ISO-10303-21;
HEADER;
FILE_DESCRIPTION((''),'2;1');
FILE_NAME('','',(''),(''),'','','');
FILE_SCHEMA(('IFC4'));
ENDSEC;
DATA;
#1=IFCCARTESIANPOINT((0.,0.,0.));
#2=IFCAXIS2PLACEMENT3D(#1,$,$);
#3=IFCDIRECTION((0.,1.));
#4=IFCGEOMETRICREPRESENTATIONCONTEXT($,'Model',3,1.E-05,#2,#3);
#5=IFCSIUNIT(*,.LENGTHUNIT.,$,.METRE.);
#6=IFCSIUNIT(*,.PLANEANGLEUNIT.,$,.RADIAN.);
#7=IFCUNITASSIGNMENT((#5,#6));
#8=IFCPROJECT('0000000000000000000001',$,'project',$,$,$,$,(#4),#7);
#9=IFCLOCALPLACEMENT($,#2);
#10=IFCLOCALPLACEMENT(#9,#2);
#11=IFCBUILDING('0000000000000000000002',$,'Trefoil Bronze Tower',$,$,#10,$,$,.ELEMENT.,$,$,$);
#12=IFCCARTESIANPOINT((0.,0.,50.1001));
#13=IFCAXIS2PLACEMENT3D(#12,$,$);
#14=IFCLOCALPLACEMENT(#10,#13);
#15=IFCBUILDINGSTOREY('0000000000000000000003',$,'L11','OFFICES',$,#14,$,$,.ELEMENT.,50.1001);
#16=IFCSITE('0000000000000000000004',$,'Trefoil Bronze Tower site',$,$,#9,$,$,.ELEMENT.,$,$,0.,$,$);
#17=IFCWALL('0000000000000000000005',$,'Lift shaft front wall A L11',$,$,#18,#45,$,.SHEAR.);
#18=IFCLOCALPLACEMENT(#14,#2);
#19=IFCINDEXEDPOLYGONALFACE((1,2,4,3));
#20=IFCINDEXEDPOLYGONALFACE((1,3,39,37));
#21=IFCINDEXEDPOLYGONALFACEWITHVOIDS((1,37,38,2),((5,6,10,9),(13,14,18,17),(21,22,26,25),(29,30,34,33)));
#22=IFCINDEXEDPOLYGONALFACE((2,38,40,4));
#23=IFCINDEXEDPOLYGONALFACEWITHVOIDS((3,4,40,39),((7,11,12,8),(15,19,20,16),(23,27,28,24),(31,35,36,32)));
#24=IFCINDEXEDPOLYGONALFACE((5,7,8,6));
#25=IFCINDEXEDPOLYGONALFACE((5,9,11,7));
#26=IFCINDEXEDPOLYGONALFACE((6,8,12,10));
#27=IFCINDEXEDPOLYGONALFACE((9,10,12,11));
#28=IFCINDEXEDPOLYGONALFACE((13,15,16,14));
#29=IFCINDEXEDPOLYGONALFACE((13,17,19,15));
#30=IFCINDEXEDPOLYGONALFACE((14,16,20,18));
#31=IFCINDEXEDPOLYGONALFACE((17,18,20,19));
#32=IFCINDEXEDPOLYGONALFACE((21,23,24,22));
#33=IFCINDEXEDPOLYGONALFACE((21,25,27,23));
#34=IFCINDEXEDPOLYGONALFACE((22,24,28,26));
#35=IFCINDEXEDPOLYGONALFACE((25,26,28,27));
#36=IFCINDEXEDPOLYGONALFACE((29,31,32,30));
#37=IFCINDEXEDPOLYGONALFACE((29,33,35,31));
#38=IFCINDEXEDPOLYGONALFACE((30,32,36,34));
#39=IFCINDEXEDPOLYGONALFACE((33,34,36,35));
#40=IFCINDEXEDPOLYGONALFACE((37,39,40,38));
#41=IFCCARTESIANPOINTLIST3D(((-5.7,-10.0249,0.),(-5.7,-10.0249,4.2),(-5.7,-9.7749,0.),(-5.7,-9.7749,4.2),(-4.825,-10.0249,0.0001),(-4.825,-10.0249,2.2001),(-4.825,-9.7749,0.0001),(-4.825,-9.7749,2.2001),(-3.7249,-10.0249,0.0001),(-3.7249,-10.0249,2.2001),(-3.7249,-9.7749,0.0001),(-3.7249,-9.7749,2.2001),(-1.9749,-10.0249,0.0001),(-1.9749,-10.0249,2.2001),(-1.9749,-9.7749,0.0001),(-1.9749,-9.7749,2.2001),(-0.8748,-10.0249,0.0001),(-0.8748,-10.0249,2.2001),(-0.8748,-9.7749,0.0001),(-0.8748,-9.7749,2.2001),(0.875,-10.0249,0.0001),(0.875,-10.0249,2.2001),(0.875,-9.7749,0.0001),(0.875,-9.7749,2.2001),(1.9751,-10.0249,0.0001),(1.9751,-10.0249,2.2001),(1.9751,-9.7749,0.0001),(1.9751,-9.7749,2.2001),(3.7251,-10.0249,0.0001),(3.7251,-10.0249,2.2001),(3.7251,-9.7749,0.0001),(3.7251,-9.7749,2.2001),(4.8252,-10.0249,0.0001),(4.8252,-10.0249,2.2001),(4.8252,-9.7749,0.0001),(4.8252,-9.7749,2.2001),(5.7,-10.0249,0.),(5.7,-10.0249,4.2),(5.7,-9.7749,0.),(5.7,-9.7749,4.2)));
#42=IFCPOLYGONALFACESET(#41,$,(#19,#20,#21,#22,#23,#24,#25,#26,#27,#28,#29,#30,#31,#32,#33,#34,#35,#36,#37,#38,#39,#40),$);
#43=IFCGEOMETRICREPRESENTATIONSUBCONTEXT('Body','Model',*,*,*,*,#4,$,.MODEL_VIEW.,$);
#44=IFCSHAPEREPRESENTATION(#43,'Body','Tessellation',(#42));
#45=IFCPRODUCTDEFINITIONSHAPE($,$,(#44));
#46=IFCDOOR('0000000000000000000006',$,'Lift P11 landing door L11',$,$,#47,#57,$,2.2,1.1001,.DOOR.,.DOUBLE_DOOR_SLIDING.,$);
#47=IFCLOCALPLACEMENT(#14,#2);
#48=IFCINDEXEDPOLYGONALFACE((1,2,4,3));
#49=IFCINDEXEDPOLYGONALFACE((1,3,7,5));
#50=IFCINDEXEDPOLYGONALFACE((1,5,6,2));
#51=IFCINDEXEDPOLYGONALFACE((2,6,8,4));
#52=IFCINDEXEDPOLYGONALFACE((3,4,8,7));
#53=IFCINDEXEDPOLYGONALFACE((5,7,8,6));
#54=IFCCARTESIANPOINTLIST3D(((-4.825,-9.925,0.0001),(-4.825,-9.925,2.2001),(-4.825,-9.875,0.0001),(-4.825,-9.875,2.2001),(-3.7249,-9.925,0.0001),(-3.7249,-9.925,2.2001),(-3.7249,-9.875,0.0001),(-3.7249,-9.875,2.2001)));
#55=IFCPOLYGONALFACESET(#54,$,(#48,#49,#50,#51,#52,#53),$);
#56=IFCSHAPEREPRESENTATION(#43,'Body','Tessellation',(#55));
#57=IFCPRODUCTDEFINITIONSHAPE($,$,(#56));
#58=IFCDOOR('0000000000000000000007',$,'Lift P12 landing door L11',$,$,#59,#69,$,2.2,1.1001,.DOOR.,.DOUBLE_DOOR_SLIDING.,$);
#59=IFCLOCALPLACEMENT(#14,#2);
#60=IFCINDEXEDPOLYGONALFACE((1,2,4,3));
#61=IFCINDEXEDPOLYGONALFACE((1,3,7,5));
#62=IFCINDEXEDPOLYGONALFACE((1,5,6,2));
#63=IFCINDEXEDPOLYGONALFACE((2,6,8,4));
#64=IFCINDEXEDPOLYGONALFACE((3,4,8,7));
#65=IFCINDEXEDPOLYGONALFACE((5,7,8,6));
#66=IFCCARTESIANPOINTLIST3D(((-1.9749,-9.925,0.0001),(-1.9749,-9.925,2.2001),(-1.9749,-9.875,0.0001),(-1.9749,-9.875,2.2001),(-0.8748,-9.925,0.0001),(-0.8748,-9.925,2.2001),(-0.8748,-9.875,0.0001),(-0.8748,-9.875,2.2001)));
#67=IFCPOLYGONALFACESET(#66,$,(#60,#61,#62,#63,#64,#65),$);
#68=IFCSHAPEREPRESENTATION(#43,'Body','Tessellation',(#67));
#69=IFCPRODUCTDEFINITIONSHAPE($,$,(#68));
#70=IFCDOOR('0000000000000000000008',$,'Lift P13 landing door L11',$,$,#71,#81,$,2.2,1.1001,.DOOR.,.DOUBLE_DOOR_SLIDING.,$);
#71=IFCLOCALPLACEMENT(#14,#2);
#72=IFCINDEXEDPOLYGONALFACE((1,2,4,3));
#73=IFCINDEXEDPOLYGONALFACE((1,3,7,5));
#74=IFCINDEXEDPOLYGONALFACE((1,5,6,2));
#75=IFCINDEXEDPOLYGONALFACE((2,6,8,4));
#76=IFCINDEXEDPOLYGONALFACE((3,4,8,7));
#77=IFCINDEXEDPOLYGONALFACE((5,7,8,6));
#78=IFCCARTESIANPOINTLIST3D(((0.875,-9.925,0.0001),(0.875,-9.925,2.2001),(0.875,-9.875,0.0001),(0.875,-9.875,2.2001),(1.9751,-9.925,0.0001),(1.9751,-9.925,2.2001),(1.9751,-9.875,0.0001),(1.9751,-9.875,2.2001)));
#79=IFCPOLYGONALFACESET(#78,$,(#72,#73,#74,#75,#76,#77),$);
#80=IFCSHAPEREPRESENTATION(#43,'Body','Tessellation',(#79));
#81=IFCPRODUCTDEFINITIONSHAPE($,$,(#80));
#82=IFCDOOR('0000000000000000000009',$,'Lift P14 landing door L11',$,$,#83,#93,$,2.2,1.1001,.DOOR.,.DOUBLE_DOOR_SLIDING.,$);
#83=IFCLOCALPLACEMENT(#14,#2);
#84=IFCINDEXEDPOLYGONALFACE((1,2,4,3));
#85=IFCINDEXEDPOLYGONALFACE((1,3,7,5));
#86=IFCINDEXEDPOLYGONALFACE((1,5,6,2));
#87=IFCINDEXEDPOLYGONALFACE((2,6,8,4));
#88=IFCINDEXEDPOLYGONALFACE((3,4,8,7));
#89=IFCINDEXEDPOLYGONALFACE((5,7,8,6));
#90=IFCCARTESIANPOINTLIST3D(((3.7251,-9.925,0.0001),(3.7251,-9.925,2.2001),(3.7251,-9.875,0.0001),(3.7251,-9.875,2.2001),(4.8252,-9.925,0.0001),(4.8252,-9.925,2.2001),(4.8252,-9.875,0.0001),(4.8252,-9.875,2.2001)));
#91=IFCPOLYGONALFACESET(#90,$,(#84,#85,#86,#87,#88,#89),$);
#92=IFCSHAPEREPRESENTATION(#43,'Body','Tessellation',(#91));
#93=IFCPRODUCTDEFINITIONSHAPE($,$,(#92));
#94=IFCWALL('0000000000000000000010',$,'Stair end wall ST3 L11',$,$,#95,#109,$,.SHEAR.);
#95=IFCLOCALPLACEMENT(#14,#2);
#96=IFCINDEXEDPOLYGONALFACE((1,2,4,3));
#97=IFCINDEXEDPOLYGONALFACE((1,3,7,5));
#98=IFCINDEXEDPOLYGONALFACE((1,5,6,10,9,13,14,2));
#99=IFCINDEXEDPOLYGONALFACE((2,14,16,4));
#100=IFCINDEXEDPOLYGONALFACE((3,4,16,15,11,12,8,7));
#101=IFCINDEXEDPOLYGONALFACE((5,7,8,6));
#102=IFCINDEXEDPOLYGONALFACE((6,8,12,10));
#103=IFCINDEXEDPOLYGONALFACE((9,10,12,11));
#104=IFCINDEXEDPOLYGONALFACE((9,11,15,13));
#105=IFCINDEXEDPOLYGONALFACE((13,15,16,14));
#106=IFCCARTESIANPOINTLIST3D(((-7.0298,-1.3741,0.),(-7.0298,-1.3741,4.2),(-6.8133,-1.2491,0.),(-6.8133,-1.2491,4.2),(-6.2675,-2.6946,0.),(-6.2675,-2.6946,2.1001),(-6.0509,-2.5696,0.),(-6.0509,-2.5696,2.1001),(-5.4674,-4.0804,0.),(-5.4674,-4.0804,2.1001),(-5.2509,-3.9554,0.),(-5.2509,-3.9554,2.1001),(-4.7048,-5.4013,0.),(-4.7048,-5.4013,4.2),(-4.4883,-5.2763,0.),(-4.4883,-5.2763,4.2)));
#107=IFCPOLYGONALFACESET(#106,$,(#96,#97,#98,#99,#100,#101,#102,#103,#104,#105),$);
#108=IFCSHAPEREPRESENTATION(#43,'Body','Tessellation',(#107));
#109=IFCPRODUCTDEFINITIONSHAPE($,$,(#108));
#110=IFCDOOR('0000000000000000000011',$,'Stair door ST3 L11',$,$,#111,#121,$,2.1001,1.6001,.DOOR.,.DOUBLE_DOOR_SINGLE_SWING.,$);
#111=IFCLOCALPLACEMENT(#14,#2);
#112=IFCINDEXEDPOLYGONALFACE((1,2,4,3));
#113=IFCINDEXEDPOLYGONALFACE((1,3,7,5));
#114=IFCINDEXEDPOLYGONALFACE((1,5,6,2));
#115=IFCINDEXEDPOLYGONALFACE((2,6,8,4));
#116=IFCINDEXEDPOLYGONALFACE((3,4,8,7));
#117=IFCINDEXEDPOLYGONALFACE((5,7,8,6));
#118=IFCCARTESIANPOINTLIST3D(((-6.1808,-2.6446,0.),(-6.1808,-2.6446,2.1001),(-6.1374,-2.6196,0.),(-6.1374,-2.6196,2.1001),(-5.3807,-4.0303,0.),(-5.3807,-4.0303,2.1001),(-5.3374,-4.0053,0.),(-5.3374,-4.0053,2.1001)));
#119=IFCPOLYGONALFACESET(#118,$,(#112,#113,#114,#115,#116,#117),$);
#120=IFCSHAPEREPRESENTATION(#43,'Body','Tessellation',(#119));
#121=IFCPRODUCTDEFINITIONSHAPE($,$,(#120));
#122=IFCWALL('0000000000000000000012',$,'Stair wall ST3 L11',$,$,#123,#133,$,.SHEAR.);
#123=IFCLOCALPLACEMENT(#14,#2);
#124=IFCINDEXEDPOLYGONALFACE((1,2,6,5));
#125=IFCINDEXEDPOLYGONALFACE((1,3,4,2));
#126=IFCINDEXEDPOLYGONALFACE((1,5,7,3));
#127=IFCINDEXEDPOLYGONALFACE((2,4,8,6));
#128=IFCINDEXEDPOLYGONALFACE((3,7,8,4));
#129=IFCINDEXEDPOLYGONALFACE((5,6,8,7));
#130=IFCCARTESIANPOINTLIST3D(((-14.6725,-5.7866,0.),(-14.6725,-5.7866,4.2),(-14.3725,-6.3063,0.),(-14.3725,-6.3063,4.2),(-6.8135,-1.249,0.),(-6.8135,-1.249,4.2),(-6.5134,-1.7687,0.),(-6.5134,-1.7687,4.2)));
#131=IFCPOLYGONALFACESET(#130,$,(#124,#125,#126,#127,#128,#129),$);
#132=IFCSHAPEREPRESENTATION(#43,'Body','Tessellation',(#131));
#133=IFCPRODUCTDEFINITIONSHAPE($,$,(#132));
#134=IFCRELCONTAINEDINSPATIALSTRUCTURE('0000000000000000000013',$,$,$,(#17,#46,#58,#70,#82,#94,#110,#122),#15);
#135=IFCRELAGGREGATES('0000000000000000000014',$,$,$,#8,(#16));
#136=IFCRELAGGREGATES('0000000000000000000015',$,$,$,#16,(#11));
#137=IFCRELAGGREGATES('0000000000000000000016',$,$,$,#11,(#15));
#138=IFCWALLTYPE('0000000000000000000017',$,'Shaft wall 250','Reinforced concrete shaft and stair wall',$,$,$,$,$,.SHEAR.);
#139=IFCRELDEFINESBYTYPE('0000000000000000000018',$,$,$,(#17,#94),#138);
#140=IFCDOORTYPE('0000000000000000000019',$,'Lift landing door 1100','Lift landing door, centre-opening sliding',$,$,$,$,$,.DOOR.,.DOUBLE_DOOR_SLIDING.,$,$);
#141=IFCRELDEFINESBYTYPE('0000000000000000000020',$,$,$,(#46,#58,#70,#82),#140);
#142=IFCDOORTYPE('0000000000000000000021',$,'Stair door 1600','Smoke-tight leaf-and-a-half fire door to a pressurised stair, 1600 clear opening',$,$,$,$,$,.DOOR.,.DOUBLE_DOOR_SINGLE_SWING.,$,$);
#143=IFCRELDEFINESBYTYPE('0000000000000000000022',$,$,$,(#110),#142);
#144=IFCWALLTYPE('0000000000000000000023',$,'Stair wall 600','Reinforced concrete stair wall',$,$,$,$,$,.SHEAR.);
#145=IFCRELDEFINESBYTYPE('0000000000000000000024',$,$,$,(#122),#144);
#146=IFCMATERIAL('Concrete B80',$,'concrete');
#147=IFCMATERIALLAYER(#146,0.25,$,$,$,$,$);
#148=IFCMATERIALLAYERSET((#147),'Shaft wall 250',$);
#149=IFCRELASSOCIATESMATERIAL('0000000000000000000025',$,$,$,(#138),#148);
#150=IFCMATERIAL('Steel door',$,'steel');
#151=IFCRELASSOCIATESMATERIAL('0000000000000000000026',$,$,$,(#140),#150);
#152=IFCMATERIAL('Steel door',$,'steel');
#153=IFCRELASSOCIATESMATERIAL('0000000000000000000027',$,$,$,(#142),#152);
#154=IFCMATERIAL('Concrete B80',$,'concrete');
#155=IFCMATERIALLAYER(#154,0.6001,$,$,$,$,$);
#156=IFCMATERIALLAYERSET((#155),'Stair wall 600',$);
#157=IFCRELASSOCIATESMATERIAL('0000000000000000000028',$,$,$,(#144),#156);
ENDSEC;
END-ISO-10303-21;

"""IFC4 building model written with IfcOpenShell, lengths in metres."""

from ifc_helpers import new_model, si_unit, direction, frame, frame_2d, origin, place, context, subcontext, project, spatial, rectangle, extrude, material, layer, layer_set, type_object, element, fill, save


model = new_model("IFC4")

# Units and contexts
model_context = context("Model", 3, precision=1e-05, world=origin(), true_north=direction((0.0, 1.0)))
body_context = subcontext(model_context, "Body", "Model", "MODEL_VIEW")
ifc_project = project(units=[si_unit("LENGTHUNIT", "METRE"), si_unit("PLANEANGLEUNIT", "RADIAN")], contexts=[model_context])

# Site, building, storey
site_placement = place(None, origin())
site = spatial("IfcSite", under=ifc_project, at=site_placement, Name="Trefoil Bronze Tower site", CompositionType="ELEMENT", RefElevation=0.0)
building_placement = place(site_placement, origin())
building = spatial("IfcBuilding", under=site, at=building_placement, Name="Trefoil Bronze Tower", CompositionType="ELEMENT")
storey_placement = place(building_placement, frame((0.0, 0.0, 50.1001)))
storey = spatial("IfcBuildingStorey", under=building, at=storey_placement, Name="L11", Description="OFFICES", CompositionType="ELEMENT", Elevation=50.1001)

# Wall, openings, doors
ifc_material_1 = material(Name="Concrete B80", Category="concrete")
ifc_layer_1 = layer(ifc_material_1, 0.25)
ifc_layer_set_1 = layer_set([ifc_layer_1], Name="Shaft wall 250")
wall_type_1 = type_object("IfcWallType", Name="Shaft wall 250", Description="Reinforced concrete shaft and stair wall", PredefinedType="SHEAR", material=ifc_layer_set_1)
wall_1_placement = place(storey_placement, frame((-5.7, -9.8999, 0.0), z_axis=(0.0, 0.0, 1.0), x_axis=(1.0, 0.0, 0.0)))
wall_1 = element("IfcWall", 1, at=wall_1_placement, inside=storey, type_object=wall_type_1, Name="Lift shaft front wall A L11", PredefinedType="SHEAR", context=body_context, shape_type="SweptSolid", body=[
    extrude(rectangle(XDim=11.3999, YDim=0.25, at=frame_2d((5.7, 0.0))), origin(), (0.0, 0.0, 1.0), 4.2),
])
opening_1_placement = place(wall_1_placement, frame((0.875, 0.0, 0.0)))
opening_1 = element("IfcOpeningElement", 2, at=opening_1_placement, cuts=wall_1, PredefinedType="OPENING", context=body_context, shape_type="SweptSolid", body=[
    extrude(rectangle(XDim=1.1001, YDim=2.2, at=frame_2d((0.55, 1.1001))), frame((0.0, 0.135, 0.0), z_axis=(0.0, -1.0, 0.0), x_axis=(1.0, 0.0, 0.0)), (0.0, 0.0, 1.0), 0.27),
])
opening_2_placement = place(wall_1_placement, frame((3.7251, 0.0, 0.0)))
opening_2 = element("IfcOpeningElement", 3, at=opening_2_placement, cuts=wall_1, PredefinedType="OPENING", context=body_context, shape_type="SweptSolid", body=[
    extrude(rectangle(XDim=1.1001, YDim=2.2, at=frame_2d((0.55, 1.1001))), frame((0.0, 0.135, 0.0), z_axis=(0.0, -1.0, 0.0), x_axis=(1.0, 0.0, 0.0)), (0.0, 0.0, 1.0), 0.27),
])
opening_3_placement = place(wall_1_placement, frame((6.575, 0.0, 0.0)))
opening_3 = element("IfcOpeningElement", 4, at=opening_3_placement, cuts=wall_1, PredefinedType="OPENING", context=body_context, shape_type="SweptSolid", body=[
    extrude(rectangle(XDim=1.1001, YDim=2.2, at=frame_2d((0.55, 1.1001))), frame((0.0, 0.135, 0.0), z_axis=(0.0, -1.0, 0.0), x_axis=(1.0, 0.0, 0.0)), (0.0, 0.0, 1.0), 0.27),
])
opening_4_placement = place(wall_1_placement, frame((9.425, 0.0, 0.0)))
opening_4 = element("IfcOpeningElement", 5, at=opening_4_placement, cuts=wall_1, PredefinedType="OPENING", context=body_context, shape_type="SweptSolid", body=[
    extrude(rectangle(XDim=1.1001, YDim=2.2, at=frame_2d((0.55, 1.1001))), frame((0.0, 0.135, 0.0), z_axis=(0.0, -1.0, 0.0), x_axis=(1.0, 0.0, 0.0)), (0.0, 0.0, 1.0), 0.27),
])
ifc_material_2 = material(Name="Steel door", Category="steel")
door_type_1 = type_object("IfcDoorType", Name="Lift landing door 1100", Description="Lift landing door, centre-opening sliding", OperationType="DOUBLE_DOOR_SLIDING", PredefinedType="DOOR", material=ifc_material_2)
door_1_placement = place(opening_1_placement, origin())
door_1 = element("IfcDoor", 6, at=door_1_placement, inside=storey, type_object=door_type_1, Name="Lift P11 landing door L11", OperationType="DOUBLE_DOOR_SLIDING", OverallHeight=2.2, OverallWidth=1.1001, PredefinedType="DOOR", context=body_context, shape_type="SweptSolid", body=[
    extrude(rectangle(XDim=1.1001, YDim=2.2, at=frame_2d((0.55, 1.1001))), frame((0.0, 0.0249, 0.0), z_axis=(0.0, -1.0, 0.0), x_axis=(1.0, 0.0, 0.0)), (0.0, 0.0, 1.0), 0.05),
])
fill(opening_1, door_1)
door_2_placement = place(opening_2_placement, origin())
door_2 = element("IfcDoor", 7, at=door_2_placement, inside=storey, type_object=door_type_1, Name="Lift P12 landing door L11", OperationType="DOUBLE_DOOR_SLIDING", OverallHeight=2.2, OverallWidth=1.1001, PredefinedType="DOOR", context=body_context, shape_type="SweptSolid", body=[
    extrude(rectangle(XDim=1.1001, YDim=2.2, at=frame_2d((0.55, 1.1001))), frame((0.0, 0.0249, 0.0), z_axis=(0.0, -1.0, 0.0), x_axis=(1.0, 0.0, 0.0)), (0.0, 0.0, 1.0), 0.05),
])
fill(opening_2, door_2)
door_3_placement = place(opening_3_placement, origin())
door_3 = element("IfcDoor", 8, at=door_3_placement, inside=storey, type_object=door_type_1, Name="Lift P13 landing door L11", OperationType="DOUBLE_DOOR_SLIDING", OverallHeight=2.2, OverallWidth=1.1001, PredefinedType="DOOR", context=body_context, shape_type="SweptSolid", body=[
    extrude(rectangle(XDim=1.1001, YDim=2.2, at=frame_2d((0.55, 1.1001))), frame((0.0, 0.0249, 0.0), z_axis=(0.0, -1.0, 0.0), x_axis=(1.0, 0.0, 0.0)), (0.0, 0.0, 1.0), 0.05),
])
fill(opening_3, door_3)
door_4_placement = place(opening_4_placement, origin())
door_4 = element("IfcDoor", 9, at=door_4_placement, inside=storey, type_object=door_type_1, Name="Lift P14 landing door L11", OperationType="DOUBLE_DOOR_SLIDING", OverallHeight=2.2, OverallWidth=1.1001, PredefinedType="DOOR", context=body_context, shape_type="SweptSolid", body=[
    extrude(rectangle(XDim=1.1001, YDim=2.2, at=frame_2d((0.55, 1.1001))), frame((0.0, 0.0249, 0.0), z_axis=(0.0, -1.0, 0.0), x_axis=(1.0, 0.0, 0.0)), (0.0, 0.0, 1.0), 0.05),
])
fill(opening_4, door_4)

# Wall, opening, door
wall_2_placement = place(storey_placement, frame((-6.9216, -1.3115, 0.0), z_axis=(0.0, 0.0, 1.0), x_axis=(0.499985, -0.866034, 0.0)))
wall_2 = element("IfcWall", 10, at=wall_2_placement, inside=storey, type_object=wall_type_1, Name="Stair end wall ST3 L11", PredefinedType="SHEAR", context=body_context, shape_type="SweptSolid", body=[
    extrude(rectangle(XDim=4.6501, YDim=0.25, at=frame_2d((2.3252, 0.0))), origin(), (0.0, 0.0, 1.0), 4.2),
])
opening_5_placement = place(wall_2_placement, frame((1.5249, 0.0, 0.0)))
opening_5 = element("IfcOpeningElement", 11, at=opening_5_placement, cuts=wall_2, PredefinedType="OPENING", context=body_context, shape_type="SweptSolid", body=[
    extrude(rectangle(XDim=1.6001, YDim=2.1001, at=frame_2d((0.8, 1.05))), frame((0.0, 0.135, 0.0), z_axis=(0.0, -1.0, 0.0), x_axis=(1.0, 0.0, 0.0)), (0.0, 0.0, 1.0), 0.27),
])
ifc_material_3 = material(Name="Steel door", Category="steel")
door_type_2 = type_object("IfcDoorType", Name="Stair door 1600", Description="Smoke-tight leaf-and-a-half fire door to a pressurised stair, 1600 clear opening", OperationType="DOUBLE_DOOR_SINGLE_SWING", PredefinedType="DOOR", material=ifc_material_3)
door_5_placement = place(opening_5_placement, frame((1.6001, 0.0, 0.0), z_axis=(0.0, 0.0, 1.0), x_axis=(-1.0, 0.0, 0.0)))
door_5 = element("IfcDoor", 12, at=door_5_placement, inside=storey, type_object=door_type_2, Name="Stair door ST3 L11", OperationType="DOUBLE_DOOR_SINGLE_SWING", OverallHeight=2.1001, OverallWidth=1.6001, PredefinedType="DOOR", context=body_context, shape_type="SweptSolid", body=[
    extrude(rectangle(XDim=1.6001, YDim=2.1001, at=frame_2d((0.8, 1.05))), frame((0.0, 0.0249, 0.0), z_axis=(0.0, -1.0, 0.0), x_axis=(1.0, 0.0, 0.0)), (0.0, 0.0, 1.0), 0.05),
])
fill(opening_5, door_5)

# Wall
ifc_material_4 = material(Name="Concrete B80", Category="concrete")
ifc_layer_2 = layer(ifc_material_4, 0.6001)
ifc_layer_set_2 = layer_set([ifc_layer_2], Name="Stair wall 600")
wall_type_2 = type_object("IfcWallType", Name="Stair wall 600", Description="Reinforced concrete stair wall", PredefinedType="SHEAR", material=ifc_layer_set_2)
wall_3_placement = place(storey_placement, frame((-6.6633, -1.5088, 0.0), z_axis=(0.0, 0.0, 1.0), x_axis=(-0.866019, -0.50001, 0.0)))
element("IfcWall", 13, at=wall_3_placement, inside=storey, type_object=wall_type_2, Name="Stair wall ST3 L11", PredefinedType="SHEAR", context=body_context, shape_type="SweptSolid", body=[
    extrude(rectangle(XDim=9.075, YDim=0.6001, at=frame_2d((4.5376, 0.0))), origin(), (0.0, 0.0, 1.0), 4.2),
])

save(model, "model.ifc")
